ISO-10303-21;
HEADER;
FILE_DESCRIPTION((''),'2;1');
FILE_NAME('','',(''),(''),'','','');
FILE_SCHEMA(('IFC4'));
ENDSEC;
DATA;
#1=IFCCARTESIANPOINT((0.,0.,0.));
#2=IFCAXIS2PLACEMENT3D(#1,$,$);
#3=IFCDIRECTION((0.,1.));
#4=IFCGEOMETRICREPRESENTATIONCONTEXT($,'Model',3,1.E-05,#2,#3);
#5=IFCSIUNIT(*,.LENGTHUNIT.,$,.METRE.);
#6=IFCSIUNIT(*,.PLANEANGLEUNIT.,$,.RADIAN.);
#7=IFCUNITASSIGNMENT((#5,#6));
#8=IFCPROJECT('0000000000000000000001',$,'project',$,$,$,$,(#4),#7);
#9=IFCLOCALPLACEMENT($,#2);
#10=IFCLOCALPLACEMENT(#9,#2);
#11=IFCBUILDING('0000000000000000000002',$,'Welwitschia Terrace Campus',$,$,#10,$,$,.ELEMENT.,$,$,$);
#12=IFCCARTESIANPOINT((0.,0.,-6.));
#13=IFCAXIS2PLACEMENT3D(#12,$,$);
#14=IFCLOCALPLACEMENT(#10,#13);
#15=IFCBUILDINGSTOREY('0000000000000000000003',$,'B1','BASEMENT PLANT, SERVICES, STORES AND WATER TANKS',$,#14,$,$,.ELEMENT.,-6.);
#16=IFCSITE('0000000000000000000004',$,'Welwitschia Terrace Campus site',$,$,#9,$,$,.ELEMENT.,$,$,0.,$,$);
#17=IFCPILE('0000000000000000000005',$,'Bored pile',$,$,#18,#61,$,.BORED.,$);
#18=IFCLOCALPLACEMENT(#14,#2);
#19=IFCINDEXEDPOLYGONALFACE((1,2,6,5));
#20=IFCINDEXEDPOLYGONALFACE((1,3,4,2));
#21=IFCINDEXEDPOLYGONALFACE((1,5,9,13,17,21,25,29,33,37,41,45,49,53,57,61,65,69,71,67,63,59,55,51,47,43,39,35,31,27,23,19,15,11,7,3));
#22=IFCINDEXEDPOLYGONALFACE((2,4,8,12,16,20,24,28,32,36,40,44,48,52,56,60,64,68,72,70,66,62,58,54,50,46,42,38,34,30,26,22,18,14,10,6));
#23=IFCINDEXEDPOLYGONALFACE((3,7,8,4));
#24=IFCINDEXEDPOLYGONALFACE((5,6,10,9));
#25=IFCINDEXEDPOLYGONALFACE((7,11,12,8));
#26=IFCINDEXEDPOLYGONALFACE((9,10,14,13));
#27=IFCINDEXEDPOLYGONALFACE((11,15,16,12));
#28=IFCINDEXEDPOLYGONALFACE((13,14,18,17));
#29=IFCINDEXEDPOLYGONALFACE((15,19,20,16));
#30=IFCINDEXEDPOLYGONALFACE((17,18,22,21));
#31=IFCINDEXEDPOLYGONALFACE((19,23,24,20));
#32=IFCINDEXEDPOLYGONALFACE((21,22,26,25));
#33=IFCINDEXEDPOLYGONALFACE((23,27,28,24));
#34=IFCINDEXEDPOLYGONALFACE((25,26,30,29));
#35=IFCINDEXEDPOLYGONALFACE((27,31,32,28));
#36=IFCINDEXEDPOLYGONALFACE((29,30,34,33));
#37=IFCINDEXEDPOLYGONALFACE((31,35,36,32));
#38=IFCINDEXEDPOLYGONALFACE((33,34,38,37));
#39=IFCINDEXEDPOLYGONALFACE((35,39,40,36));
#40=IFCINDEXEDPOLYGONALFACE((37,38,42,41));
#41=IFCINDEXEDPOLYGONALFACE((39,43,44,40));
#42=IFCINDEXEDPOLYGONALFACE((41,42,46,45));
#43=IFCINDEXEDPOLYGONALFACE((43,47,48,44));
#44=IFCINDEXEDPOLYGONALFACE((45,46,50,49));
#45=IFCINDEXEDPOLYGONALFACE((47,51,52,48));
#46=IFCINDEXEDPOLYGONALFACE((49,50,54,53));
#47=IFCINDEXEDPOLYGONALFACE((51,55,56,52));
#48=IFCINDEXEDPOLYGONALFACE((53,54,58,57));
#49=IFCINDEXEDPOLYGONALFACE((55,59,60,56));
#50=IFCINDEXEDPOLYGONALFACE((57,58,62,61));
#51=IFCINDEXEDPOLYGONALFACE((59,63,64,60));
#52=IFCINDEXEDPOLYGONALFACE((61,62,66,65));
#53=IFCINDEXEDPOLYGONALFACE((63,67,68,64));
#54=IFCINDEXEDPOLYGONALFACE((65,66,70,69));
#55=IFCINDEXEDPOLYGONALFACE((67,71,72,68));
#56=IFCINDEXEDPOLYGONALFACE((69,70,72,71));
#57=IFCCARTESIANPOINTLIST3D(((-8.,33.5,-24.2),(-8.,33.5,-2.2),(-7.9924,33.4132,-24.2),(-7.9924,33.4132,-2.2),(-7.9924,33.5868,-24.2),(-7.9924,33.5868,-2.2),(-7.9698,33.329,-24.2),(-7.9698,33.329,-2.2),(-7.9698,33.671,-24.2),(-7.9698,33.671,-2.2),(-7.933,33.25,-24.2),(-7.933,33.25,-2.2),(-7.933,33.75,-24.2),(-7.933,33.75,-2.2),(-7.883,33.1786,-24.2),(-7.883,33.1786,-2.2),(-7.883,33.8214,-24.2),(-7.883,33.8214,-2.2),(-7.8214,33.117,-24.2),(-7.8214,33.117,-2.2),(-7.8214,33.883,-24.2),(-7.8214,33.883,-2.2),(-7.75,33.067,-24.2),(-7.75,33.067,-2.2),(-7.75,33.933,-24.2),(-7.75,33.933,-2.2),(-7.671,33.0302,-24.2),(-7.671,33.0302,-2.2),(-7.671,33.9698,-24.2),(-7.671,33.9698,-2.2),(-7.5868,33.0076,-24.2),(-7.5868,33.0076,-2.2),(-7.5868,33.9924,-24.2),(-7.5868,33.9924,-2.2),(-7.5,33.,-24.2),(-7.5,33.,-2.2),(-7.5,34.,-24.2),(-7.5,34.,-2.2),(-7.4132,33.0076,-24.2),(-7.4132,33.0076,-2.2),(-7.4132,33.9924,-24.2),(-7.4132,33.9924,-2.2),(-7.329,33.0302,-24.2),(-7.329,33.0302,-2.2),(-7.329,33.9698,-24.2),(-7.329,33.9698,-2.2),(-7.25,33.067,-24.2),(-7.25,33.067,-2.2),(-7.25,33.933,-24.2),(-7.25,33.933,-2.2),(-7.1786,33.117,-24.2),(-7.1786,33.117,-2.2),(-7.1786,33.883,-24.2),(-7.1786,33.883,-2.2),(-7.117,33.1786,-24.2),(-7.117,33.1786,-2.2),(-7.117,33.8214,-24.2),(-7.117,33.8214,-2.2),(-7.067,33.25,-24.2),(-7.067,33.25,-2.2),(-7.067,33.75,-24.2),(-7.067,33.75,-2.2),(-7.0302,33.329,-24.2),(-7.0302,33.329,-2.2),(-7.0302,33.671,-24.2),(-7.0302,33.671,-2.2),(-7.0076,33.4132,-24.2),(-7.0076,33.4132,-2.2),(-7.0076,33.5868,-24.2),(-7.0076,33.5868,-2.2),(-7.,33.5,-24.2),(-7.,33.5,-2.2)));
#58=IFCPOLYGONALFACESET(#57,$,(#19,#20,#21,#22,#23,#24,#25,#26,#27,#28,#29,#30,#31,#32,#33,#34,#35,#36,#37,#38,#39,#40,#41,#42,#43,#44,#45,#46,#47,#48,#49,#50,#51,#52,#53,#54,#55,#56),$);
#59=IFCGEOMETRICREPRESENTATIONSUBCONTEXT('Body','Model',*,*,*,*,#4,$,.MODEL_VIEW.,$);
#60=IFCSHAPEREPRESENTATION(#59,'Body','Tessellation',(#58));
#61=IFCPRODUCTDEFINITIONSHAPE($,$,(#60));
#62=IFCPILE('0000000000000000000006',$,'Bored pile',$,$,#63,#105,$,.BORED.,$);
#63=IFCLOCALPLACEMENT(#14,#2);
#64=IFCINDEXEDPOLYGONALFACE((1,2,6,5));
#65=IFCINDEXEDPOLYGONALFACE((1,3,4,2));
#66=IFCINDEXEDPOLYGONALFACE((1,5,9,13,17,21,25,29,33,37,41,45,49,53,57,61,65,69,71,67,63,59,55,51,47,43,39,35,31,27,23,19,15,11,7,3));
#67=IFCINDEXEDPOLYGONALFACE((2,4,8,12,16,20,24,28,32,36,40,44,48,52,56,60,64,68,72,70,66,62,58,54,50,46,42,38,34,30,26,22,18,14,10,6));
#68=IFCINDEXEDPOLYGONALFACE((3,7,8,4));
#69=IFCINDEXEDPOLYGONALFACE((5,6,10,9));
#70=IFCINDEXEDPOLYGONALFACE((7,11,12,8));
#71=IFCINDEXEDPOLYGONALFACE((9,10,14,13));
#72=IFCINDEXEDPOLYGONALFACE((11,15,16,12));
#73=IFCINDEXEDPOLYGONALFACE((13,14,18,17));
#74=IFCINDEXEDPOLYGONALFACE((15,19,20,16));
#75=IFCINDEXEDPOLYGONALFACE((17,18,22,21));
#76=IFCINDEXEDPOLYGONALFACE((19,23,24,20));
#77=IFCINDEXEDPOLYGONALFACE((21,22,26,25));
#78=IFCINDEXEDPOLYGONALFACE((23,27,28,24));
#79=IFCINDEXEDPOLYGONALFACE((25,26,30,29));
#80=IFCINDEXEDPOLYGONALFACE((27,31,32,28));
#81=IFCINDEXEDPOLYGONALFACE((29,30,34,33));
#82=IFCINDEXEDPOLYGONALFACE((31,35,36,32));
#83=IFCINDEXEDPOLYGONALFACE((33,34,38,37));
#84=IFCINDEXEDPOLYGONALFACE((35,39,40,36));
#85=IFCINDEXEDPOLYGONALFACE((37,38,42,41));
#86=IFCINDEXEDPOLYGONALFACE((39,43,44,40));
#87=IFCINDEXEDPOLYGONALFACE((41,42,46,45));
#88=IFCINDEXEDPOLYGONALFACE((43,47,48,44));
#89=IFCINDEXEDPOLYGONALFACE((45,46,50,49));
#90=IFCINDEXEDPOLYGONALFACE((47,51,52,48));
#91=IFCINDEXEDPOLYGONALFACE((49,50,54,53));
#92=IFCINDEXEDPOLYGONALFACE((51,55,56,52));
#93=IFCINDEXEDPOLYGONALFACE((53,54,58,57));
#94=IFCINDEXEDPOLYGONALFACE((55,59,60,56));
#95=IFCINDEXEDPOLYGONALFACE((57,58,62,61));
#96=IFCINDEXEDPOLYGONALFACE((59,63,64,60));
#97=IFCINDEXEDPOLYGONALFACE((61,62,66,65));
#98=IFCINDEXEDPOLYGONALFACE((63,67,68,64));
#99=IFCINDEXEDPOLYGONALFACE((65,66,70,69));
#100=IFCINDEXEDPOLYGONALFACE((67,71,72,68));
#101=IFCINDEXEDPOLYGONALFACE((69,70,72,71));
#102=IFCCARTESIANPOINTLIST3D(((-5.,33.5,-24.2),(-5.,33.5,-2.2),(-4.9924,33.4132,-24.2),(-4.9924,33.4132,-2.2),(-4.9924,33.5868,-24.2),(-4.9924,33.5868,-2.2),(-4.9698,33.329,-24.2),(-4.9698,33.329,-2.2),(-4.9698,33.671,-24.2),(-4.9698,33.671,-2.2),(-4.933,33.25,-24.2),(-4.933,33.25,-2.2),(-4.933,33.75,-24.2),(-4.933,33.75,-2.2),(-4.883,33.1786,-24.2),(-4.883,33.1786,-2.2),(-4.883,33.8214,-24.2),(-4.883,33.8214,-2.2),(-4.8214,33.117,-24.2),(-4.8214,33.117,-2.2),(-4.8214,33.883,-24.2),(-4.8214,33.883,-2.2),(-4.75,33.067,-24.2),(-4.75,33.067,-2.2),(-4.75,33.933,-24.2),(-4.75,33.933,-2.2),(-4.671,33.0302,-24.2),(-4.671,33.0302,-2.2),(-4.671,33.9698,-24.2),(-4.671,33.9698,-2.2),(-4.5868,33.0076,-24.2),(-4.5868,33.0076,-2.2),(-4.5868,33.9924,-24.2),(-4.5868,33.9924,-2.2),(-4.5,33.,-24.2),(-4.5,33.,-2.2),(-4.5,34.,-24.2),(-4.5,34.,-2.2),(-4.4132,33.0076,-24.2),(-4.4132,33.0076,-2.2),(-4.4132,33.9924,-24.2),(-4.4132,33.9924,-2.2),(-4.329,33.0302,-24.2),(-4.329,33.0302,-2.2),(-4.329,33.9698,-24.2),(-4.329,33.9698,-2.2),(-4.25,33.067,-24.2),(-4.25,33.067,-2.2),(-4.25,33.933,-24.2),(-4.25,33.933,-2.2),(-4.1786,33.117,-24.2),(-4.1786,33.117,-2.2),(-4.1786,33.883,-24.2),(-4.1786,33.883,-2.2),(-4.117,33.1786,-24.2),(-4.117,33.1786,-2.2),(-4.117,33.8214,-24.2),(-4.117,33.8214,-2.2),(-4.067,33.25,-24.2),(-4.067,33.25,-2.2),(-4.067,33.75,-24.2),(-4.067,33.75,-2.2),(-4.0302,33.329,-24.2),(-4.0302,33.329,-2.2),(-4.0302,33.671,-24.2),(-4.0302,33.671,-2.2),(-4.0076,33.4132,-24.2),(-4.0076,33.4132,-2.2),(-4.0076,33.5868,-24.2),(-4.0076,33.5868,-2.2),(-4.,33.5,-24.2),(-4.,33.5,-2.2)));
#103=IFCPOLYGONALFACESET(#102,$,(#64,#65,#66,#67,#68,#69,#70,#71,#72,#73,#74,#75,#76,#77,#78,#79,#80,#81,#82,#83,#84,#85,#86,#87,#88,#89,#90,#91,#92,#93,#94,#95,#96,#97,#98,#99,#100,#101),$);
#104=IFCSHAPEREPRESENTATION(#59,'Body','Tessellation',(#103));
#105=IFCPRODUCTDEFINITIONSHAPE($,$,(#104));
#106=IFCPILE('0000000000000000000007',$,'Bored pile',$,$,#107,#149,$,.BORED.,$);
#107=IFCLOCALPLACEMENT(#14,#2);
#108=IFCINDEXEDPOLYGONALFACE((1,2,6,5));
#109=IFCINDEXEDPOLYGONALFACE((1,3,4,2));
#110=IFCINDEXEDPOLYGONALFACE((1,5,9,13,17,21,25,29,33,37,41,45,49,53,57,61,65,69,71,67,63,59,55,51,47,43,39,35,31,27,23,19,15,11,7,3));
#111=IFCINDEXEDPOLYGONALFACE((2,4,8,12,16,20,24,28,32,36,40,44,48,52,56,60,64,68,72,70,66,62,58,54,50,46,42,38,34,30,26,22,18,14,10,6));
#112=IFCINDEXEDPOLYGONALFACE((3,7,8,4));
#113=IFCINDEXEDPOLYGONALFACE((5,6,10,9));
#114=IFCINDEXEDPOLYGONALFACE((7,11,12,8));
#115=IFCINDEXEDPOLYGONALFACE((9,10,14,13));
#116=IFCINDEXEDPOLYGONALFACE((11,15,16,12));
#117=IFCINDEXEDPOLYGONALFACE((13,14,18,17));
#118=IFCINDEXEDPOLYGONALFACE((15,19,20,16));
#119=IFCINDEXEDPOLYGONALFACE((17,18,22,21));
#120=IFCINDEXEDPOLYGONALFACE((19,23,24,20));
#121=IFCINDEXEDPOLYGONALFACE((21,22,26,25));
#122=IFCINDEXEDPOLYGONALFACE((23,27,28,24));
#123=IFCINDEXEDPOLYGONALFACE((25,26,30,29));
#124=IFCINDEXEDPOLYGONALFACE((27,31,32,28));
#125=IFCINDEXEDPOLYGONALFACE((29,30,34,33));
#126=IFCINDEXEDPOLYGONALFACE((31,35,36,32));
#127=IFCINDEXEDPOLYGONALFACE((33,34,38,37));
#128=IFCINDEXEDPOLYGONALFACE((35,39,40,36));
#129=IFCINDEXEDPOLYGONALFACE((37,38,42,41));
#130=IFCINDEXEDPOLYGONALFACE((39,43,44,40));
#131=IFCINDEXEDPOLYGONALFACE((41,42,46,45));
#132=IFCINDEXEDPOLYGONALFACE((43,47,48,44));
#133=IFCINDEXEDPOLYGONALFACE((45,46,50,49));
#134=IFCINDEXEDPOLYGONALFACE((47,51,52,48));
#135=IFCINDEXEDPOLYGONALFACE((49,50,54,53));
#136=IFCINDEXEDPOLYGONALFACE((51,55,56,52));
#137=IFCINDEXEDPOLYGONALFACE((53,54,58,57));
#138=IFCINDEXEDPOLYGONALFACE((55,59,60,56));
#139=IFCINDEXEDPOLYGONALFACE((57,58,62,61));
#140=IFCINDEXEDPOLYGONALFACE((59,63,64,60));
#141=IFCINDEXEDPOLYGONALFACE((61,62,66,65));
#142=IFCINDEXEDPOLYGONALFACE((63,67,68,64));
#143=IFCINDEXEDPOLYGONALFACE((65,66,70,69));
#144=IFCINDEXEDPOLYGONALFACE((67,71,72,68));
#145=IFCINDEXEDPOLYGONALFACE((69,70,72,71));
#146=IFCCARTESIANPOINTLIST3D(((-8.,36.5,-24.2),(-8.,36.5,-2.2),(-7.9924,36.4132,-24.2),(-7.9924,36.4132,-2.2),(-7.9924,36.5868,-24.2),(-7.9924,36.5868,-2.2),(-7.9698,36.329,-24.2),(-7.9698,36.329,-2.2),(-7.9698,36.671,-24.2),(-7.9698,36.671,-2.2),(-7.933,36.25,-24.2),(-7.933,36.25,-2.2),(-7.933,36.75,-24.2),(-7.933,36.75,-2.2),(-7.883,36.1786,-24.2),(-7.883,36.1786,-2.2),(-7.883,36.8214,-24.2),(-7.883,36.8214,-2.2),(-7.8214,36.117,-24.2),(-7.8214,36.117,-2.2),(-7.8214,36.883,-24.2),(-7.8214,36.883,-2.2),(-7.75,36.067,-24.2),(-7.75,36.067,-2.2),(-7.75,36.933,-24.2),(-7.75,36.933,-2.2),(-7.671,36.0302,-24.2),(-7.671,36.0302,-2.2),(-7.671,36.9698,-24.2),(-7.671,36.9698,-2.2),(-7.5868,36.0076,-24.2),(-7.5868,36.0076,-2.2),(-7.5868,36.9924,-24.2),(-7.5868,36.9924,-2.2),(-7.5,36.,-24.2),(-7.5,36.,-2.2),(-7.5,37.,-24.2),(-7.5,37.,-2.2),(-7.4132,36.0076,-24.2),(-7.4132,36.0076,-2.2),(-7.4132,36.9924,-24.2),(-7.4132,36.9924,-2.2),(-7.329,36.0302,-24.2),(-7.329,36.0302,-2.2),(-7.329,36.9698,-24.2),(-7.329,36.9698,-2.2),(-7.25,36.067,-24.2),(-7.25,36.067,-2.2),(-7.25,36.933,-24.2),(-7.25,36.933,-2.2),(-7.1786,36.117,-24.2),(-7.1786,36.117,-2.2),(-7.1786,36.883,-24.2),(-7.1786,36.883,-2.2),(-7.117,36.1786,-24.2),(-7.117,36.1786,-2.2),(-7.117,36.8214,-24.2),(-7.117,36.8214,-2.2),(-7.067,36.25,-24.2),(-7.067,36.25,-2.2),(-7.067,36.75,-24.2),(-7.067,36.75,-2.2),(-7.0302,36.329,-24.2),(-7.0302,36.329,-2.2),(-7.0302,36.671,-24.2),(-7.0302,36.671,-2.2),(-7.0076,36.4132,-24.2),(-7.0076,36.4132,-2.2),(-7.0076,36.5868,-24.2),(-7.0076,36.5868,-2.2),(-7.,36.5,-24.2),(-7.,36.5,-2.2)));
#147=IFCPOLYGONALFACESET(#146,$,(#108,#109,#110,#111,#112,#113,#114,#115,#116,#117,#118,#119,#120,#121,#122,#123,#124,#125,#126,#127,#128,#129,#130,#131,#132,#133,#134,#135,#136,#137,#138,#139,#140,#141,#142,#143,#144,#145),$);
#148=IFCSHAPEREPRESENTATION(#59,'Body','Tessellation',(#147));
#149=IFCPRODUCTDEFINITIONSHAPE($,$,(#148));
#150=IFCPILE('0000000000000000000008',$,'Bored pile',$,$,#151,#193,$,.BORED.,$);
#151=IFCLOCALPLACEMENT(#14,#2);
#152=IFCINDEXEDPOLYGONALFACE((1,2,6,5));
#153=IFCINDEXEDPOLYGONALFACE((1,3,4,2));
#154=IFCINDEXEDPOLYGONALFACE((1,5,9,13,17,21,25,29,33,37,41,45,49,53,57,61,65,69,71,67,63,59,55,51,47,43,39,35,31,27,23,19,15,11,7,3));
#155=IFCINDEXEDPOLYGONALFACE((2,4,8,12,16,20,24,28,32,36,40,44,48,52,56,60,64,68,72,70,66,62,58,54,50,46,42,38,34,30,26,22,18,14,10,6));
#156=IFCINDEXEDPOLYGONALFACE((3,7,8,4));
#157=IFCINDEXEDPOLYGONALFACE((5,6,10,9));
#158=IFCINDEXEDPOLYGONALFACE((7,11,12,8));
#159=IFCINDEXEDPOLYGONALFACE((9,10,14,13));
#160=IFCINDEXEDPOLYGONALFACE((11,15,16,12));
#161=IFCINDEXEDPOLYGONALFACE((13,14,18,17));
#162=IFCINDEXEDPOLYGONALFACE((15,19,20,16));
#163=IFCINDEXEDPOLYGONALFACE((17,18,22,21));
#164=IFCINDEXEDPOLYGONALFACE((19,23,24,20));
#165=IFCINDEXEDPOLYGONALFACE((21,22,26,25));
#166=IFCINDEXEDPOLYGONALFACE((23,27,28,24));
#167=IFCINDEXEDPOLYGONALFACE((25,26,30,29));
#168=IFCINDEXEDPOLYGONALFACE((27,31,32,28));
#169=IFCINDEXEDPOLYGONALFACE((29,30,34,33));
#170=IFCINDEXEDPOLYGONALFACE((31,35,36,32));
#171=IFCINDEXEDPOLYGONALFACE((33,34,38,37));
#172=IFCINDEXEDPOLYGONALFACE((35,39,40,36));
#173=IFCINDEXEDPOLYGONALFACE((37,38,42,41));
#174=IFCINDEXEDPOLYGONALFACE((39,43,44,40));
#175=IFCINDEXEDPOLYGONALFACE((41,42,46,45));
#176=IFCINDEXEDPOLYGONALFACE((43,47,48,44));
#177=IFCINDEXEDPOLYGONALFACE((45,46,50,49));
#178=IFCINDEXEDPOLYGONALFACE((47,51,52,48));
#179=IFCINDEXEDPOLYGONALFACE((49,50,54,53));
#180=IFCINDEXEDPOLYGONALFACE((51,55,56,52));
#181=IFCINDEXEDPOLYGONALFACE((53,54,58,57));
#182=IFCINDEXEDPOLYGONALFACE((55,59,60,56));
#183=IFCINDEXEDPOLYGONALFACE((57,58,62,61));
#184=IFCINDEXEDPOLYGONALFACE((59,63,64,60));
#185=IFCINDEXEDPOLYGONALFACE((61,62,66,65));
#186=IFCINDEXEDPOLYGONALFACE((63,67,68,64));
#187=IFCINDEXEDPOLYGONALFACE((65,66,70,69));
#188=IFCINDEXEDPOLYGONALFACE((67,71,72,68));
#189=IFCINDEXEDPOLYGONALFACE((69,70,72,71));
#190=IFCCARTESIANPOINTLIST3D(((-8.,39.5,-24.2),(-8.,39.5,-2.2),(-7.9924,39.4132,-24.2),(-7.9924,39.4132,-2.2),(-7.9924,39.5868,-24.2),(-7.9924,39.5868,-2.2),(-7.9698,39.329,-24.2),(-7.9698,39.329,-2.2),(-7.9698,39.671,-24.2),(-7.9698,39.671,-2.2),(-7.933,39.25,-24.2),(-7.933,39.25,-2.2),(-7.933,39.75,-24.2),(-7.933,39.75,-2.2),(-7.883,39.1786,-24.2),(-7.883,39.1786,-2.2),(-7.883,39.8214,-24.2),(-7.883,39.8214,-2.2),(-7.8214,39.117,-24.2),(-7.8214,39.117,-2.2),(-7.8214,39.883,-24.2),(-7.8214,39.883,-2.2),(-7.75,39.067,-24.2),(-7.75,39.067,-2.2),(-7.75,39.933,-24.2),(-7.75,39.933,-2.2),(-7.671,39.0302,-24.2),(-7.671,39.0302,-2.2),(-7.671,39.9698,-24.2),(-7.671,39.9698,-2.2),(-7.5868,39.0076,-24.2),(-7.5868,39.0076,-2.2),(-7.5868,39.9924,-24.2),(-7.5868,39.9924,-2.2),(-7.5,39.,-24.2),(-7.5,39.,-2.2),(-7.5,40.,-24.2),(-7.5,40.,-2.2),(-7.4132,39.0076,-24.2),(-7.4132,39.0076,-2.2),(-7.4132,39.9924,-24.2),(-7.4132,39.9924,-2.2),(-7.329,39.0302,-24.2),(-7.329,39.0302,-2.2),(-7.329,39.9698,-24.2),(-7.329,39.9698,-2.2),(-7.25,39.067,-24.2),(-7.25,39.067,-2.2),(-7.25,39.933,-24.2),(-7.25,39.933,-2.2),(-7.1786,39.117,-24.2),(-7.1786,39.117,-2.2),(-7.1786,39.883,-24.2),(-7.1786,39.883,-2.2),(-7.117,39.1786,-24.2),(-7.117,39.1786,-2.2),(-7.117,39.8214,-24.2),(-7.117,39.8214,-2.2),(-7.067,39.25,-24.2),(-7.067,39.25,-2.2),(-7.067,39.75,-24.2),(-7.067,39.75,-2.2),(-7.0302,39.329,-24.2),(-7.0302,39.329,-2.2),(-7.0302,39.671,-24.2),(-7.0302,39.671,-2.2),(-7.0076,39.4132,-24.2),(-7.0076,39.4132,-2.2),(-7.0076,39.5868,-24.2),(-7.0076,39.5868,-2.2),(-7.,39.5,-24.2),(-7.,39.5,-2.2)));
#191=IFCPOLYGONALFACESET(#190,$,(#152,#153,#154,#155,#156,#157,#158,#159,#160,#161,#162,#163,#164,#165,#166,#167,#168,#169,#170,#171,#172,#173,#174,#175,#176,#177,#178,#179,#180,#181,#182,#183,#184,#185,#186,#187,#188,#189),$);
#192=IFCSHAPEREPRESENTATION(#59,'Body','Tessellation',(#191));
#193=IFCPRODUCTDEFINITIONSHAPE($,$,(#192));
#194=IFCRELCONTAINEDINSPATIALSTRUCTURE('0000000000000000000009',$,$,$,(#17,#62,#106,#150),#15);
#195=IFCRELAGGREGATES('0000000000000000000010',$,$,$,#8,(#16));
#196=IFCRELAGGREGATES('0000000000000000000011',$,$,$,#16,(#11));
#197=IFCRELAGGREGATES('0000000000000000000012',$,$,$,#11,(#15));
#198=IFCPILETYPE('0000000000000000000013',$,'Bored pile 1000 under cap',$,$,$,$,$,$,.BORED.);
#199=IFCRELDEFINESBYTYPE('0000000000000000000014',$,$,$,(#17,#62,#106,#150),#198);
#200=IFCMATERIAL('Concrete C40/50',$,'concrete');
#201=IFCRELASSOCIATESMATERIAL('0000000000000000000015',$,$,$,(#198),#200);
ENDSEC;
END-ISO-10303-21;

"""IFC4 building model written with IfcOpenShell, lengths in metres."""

from ifc_helpers import new_model, si_unit, direction, frame, origin, origin_2d, place, context, subcontext, project, spatial, circle, extrude, material, type_object, element, save


model = new_model("IFC4")

# Units and contexts
model_context = context("Model", 3, precision=1e-05, world=origin(), true_north=direction((0.0, 1.0)))
body_context = subcontext(model_context, "Body", "Model", "MODEL_VIEW")
ifc_project = project(units=[si_unit("LENGTHUNIT", "METRE"), si_unit("PLANEANGLEUNIT", "RADIAN")], contexts=[model_context])

# Site, building, storey
site_placement = place(None, origin())
site = spatial("IfcSite", under=ifc_project, at=site_placement, Name="Welwitschia Terrace Campus site", CompositionType="ELEMENT", RefElevation=0.0)
building_placement = place(site_placement, origin())
building = spatial("IfcBuilding", under=site, at=building_placement, Name="Welwitschia Terrace Campus", CompositionType="ELEMENT")
storey_placement = place(building_placement, frame((0.0, 0.0, -6.0)))
storey = spatial("IfcBuildingStorey", under=building, at=storey_placement, Name="B1", Description="BASEMENT PLANT, SERVICES, STORES AND WATER TANKS", CompositionType="ELEMENT", Elevation=-6.0)

# Piles
ifc_material_1 = material(Name="Concrete C40/50", Category="concrete")
pile_type = type_object("IfcPileType", Name="Bored pile 1000 under cap", PredefinedType="BORED", material=ifc_material_1)
for number, where, z_axis, x_axis, name in (
    (1, (-7.5, 33.5, -2.2), (0.0, 0.0, -1.0), (1.0, 0.0, 0.0), "Bored pile"),
    (2, (-4.5, 33.5, -2.2), (0.0, 0.0, -1.0), (1.0, 0.0, 0.0), "Bored pile"),
    (3, (-7.5, 36.5, -2.2), (0.0, 0.0, -1.0), (1.0, 0.0, 0.0), "Bored pile"),
    (4, (-7.5, 39.5, -2.2), (0.0, 0.0, -1.0), (1.0, 0.0, 0.0), "Bored pile"),
):
    element("IfcPile", number, at=place(storey_placement, frame(where, z_axis=z_axis, x_axis=x_axis)), inside=storey, type_object=pile_type, Name=name, PredefinedType="BORED", context=body_context, shape_type="SweptSolid", body=[
        extrude(circle(Radius=0.5, at=origin_2d()), origin(), (0.0, 0.0, 1.0), 22.0),
    ])

save(model, "model.ifc")
